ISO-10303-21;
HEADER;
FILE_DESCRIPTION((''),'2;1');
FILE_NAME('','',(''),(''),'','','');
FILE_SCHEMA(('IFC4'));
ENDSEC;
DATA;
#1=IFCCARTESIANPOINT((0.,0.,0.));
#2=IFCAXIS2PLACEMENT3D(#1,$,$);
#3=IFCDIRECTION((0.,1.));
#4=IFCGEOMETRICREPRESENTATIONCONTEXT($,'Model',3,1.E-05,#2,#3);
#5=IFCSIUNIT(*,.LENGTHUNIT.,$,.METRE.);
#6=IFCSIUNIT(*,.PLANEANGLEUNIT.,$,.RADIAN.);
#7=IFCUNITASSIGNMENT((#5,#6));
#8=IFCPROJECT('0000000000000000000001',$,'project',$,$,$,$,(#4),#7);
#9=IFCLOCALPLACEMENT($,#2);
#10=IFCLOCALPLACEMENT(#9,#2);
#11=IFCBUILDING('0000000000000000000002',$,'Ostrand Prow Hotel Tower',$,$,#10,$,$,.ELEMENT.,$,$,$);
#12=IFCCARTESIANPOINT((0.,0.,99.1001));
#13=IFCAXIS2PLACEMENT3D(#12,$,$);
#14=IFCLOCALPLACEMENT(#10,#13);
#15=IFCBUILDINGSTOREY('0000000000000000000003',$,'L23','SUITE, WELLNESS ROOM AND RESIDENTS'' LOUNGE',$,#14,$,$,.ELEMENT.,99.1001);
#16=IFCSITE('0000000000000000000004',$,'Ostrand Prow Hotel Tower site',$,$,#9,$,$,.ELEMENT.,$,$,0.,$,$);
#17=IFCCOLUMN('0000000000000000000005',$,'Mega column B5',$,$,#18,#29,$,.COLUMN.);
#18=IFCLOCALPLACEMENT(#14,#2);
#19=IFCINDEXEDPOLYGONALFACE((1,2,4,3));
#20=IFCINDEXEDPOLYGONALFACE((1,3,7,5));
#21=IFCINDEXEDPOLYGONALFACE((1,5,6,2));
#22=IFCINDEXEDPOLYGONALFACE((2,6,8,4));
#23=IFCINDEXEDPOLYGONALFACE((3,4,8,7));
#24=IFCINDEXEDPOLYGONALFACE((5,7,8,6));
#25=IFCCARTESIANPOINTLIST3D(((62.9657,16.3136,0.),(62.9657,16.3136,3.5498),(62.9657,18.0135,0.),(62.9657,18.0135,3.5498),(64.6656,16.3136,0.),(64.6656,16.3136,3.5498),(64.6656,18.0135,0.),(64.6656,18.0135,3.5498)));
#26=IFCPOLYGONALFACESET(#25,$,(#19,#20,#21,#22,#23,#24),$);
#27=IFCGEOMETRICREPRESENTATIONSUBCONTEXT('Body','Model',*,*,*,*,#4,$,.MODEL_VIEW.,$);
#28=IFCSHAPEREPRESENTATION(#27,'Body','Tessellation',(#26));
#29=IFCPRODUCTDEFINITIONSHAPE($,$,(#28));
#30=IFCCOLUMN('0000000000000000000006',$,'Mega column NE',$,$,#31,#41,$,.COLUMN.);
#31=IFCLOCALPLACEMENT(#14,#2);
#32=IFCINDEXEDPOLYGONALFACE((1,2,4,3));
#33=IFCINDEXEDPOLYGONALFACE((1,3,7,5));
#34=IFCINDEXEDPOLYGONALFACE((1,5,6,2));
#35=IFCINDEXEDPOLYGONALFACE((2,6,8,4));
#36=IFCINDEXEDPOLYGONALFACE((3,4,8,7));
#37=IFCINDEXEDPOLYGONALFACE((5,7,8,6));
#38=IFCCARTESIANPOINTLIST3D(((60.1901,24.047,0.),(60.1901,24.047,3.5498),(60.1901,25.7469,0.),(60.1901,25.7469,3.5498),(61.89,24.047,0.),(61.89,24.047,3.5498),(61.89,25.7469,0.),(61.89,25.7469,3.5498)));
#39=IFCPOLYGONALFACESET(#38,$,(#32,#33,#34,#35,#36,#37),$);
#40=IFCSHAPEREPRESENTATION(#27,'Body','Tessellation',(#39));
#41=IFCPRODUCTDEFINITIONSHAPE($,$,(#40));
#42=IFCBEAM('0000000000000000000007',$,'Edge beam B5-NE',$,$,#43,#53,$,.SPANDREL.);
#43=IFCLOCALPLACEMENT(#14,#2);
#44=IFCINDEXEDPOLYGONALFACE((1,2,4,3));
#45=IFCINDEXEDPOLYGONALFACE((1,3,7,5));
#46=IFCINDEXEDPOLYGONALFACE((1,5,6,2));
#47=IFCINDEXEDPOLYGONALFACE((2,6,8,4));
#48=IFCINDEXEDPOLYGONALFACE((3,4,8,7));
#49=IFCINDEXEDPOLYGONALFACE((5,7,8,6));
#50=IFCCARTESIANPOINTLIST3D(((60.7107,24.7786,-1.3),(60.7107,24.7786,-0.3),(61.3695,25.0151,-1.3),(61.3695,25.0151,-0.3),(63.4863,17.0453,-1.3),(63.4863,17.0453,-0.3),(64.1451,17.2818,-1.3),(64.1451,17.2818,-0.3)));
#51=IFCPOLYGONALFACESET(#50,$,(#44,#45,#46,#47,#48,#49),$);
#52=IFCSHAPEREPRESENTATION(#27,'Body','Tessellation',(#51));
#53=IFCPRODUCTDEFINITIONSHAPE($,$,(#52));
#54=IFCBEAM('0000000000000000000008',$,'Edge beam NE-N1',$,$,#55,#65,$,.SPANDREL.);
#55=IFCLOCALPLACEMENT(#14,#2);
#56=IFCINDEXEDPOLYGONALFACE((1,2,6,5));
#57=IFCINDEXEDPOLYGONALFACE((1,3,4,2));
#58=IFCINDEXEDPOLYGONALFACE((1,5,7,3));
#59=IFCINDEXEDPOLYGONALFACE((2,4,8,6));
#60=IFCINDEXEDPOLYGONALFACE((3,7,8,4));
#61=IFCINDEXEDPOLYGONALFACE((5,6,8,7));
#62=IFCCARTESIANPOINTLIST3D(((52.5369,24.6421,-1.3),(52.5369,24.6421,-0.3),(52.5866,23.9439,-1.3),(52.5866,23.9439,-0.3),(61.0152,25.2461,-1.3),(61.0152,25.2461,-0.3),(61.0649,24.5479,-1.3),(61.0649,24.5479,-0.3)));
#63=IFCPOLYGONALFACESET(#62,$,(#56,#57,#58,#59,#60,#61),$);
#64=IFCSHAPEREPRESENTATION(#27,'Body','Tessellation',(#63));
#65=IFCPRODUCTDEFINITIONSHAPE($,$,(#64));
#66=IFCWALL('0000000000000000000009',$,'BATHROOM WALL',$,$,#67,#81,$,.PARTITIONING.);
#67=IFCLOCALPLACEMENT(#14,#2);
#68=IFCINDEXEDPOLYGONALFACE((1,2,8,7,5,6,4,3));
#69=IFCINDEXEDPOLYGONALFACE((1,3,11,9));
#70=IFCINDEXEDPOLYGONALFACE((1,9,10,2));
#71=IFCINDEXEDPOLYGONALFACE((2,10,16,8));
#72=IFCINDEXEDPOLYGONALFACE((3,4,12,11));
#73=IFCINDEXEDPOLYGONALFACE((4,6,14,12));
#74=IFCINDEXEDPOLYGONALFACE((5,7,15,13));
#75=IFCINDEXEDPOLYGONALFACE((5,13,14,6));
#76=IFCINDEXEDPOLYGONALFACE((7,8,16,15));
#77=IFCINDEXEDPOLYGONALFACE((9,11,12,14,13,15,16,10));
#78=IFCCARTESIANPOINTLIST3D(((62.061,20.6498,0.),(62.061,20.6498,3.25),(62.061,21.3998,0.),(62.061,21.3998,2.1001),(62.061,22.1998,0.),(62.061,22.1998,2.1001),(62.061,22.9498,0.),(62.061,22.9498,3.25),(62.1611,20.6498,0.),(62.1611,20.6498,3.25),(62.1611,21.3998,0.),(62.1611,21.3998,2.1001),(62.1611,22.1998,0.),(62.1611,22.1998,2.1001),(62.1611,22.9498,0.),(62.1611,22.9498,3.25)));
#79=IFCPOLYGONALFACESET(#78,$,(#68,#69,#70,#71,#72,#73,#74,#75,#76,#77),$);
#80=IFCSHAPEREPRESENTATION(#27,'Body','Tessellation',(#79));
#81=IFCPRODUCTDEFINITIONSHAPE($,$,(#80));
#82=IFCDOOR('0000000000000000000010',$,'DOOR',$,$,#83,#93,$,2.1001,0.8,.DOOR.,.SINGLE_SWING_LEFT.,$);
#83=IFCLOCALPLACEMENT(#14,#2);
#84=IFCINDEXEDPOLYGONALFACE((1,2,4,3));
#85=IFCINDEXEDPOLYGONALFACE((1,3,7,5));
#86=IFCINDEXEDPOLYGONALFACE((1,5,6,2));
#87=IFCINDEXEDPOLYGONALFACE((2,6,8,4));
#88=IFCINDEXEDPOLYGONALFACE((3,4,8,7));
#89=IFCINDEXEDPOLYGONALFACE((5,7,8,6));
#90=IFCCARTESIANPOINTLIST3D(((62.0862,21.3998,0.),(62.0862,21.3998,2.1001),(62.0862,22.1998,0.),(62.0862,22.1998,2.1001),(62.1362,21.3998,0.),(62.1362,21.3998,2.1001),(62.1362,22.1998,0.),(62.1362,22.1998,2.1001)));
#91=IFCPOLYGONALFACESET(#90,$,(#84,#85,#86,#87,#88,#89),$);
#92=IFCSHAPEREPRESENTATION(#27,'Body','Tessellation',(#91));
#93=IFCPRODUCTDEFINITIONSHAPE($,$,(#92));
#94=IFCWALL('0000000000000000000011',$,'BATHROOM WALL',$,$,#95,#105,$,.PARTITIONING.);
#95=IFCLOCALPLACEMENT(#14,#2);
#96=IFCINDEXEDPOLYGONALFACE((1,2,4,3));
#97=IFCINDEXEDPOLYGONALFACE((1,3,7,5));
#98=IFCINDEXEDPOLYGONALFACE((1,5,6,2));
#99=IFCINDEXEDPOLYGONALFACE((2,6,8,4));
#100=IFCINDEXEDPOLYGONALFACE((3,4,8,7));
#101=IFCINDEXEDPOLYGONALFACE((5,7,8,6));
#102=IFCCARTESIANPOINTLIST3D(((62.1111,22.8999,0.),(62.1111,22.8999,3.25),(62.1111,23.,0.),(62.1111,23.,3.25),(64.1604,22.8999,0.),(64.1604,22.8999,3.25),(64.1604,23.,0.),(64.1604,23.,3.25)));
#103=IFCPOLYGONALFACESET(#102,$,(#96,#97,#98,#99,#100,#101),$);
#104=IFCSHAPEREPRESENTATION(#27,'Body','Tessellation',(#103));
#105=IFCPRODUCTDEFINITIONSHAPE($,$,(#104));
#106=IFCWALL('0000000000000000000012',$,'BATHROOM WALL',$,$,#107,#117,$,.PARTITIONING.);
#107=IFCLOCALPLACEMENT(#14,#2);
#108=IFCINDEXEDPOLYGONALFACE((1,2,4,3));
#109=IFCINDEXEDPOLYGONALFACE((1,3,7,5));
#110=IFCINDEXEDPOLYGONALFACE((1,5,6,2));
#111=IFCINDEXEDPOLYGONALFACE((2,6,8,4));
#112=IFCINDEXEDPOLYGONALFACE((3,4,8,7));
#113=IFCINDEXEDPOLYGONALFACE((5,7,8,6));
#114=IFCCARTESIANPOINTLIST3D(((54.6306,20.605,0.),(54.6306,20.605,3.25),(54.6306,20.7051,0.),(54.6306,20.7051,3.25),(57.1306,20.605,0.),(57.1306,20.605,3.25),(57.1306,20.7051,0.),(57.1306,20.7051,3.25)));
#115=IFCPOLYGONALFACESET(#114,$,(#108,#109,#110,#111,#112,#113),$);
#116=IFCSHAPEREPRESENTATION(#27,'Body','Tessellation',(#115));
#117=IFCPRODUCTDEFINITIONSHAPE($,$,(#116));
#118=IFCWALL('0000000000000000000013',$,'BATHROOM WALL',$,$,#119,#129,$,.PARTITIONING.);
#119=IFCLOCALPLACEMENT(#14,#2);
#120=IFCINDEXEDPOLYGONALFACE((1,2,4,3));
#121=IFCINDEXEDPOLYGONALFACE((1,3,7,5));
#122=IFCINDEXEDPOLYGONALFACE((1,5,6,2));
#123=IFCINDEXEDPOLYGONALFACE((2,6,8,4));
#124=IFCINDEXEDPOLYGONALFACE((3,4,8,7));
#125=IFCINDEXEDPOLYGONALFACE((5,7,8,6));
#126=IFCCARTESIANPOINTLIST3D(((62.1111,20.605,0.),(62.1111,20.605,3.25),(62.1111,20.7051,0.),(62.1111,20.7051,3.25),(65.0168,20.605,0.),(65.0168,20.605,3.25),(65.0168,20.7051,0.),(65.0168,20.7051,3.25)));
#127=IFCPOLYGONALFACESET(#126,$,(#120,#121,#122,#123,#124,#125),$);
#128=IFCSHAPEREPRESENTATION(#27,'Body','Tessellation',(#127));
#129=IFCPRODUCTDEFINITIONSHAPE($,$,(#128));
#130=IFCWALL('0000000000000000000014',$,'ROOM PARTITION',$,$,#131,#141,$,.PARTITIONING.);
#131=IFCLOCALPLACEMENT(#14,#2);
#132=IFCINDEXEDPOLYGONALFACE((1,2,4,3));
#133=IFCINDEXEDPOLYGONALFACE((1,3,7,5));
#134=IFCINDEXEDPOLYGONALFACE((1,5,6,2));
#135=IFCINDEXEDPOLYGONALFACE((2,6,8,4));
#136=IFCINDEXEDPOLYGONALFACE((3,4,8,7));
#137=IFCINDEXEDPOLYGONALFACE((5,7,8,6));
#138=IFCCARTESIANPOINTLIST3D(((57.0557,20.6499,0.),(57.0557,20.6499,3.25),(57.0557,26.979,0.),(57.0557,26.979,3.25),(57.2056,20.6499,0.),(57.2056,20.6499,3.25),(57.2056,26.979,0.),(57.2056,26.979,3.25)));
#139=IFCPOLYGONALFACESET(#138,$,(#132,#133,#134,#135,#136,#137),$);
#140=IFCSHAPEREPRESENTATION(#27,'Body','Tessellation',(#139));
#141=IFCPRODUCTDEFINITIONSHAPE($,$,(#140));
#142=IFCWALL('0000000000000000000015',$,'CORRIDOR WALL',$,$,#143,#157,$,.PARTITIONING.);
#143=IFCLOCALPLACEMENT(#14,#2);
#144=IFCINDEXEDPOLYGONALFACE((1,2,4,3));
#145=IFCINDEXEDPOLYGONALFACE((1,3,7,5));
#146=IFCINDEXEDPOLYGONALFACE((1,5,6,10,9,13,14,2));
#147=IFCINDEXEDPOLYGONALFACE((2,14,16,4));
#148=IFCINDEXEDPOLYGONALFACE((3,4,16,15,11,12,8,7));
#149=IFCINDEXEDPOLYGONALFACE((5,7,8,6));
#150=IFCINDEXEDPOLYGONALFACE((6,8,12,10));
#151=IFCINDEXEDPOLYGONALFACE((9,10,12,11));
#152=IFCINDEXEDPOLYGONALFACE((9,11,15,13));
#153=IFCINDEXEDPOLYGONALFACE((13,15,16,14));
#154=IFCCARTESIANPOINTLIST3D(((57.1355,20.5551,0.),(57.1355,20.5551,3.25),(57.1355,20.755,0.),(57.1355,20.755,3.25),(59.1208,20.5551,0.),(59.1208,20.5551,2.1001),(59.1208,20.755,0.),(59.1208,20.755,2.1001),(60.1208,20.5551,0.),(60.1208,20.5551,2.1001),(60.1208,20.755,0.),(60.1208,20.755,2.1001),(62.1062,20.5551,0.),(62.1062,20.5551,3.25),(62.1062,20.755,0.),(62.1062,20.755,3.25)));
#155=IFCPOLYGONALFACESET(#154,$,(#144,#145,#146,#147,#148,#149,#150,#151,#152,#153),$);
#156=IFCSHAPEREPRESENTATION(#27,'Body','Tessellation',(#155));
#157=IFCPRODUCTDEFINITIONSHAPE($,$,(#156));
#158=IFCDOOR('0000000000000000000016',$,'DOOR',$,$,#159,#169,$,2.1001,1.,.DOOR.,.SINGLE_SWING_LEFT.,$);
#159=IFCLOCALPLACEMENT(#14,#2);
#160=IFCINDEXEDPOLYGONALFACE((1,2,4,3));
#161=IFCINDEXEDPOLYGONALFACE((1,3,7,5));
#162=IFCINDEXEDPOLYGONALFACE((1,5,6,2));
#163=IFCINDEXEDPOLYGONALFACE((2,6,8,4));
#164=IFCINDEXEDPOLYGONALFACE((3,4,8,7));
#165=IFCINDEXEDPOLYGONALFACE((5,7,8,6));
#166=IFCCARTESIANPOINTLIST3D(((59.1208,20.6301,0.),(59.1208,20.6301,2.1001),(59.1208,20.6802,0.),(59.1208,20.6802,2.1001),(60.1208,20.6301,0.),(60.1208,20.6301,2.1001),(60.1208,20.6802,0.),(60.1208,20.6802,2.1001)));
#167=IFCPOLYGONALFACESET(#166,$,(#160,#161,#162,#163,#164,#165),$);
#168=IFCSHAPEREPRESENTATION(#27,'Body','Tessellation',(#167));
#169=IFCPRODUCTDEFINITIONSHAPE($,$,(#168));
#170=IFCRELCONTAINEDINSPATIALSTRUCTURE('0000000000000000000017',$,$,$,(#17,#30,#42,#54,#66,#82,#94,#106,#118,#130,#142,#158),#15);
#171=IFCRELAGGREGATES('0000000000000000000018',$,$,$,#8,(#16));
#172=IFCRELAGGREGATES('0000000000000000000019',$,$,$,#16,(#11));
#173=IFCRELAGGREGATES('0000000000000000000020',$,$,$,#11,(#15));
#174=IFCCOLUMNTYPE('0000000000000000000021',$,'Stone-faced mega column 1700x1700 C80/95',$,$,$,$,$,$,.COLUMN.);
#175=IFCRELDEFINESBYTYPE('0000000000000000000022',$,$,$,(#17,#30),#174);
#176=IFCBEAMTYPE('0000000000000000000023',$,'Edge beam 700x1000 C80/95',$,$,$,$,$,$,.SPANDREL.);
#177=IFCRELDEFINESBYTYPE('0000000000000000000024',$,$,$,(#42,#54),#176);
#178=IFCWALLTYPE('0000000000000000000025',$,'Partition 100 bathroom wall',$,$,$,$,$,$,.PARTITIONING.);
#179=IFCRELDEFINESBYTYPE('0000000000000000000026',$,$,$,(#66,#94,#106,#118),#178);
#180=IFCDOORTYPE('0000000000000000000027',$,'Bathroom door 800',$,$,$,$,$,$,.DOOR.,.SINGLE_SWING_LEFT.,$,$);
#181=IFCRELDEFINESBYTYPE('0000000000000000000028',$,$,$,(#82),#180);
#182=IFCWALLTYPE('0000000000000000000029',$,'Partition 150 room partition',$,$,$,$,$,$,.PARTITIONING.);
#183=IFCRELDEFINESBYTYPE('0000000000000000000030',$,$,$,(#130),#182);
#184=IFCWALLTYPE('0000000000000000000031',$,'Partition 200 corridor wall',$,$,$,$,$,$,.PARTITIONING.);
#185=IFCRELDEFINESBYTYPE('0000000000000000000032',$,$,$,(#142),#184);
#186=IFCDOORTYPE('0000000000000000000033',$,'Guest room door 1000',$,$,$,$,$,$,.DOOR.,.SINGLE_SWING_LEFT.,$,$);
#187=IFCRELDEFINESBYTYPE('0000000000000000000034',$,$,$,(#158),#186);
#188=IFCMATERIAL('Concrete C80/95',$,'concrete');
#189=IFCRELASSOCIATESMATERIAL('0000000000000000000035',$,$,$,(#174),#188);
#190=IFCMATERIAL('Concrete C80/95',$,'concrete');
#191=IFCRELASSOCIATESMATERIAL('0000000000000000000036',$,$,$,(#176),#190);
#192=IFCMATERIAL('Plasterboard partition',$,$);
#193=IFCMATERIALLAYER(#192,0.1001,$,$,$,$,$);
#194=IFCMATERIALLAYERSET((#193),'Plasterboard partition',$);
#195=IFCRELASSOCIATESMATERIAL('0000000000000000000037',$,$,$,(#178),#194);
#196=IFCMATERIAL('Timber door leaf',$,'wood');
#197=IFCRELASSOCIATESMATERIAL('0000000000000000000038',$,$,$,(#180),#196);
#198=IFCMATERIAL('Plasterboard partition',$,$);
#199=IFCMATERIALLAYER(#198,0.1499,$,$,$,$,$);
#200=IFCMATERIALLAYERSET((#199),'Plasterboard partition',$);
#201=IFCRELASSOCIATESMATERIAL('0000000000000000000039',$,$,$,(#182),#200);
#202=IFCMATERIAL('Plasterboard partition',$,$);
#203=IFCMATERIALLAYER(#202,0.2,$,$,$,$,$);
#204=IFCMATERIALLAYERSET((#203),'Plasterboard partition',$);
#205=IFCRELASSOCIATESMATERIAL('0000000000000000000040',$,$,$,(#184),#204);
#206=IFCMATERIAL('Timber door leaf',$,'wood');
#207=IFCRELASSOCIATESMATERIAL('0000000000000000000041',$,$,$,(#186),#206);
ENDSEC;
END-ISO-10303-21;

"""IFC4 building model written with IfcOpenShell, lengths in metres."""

from ifc_helpers import new_model, si_unit, direction, frame, frame_2d, origin, origin_2d, place, context, subcontext, project, spatial, rectangle, extrude, material, layer, layer_set, material_profile, profile_set, type_object, element, fill, save


model = new_model("IFC4")

# Units and contexts
model_context = context("Model", 3, precision=1e-05, world=origin(), true_north=direction((0.0, 1.0)))
body_context = subcontext(model_context, "Body", "Model", "MODEL_VIEW")
ifc_project = project(units=[si_unit("LENGTHUNIT", "METRE"), si_unit("PLANEANGLEUNIT", "RADIAN")], contexts=[model_context])

# Site, building, storey
site_placement = place(None, origin())
site = spatial("IfcSite", under=ifc_project, at=site_placement, Name="Ostrand Prow Hotel Tower site", CompositionType="ELEMENT", RefElevation=0.0)
building_placement = place(site_placement, origin())
building = spatial("IfcBuilding", under=site, at=building_placement, Name="Ostrand Prow Hotel Tower", CompositionType="ELEMENT")
storey_placement = place(building_placement, frame((0.0, 0.0, 99.1001)))
storey = spatial("IfcBuildingStorey", under=building, at=storey_placement, Name="L23", Description="SUITE, WELLNESS ROOM AND RESIDENTS' LOUNGE", CompositionType="ELEMENT", Elevation=99.1001)

# Columns
ifc_material_1 = material(Name="Concrete C80/95", Category="concrete")
ifc_material_profile_1 = material_profile(ifc_material_1, rectangle(XDim=1.7, YDim=1.7, at=origin_2d()), Name="RC 1700x1700")
ifc_profile_set_1 = profile_set([ifc_material_profile_1], Name="Concrete C80/95")
column_type = type_object("IfcColumnType", Name="Stone-faced mega column 1700x1700 C80/95", PredefinedType="COLUMN", material=ifc_profile_set_1)
for number, where, z_axis, x_axis, name in (
    (1, (63.8157, 17.1636, 0.0), (0.0, 0.0, 1.0), (1.0, 0.0, 0.0), "Mega column B5"),
    (2, (61.04, 24.897, 0.0), (0.0, 0.0, 1.0), (1.0, 0.0, 0.0), "Mega column NE"),
):
    element("IfcColumn", number, at=place(storey_placement, frame(where, z_axis=z_axis, x_axis=x_axis)), inside=storey, type_object=column_type, Name=name, PredefinedType="COLUMN", context=body_context, shape_type="SweptSolid", body=[
        extrude(rectangle(XDim=1.7, YDim=1.7, at=origin_2d()), origin(), (0.0, 0.0, 1.0), 3.5498),
    ])

# Beams
ifc_material_2 = material(Name="Concrete C80/95", Category="concrete")
ifc_material_profile_2 = material_profile(ifc_material_2, rectangle(XDim=0.7, YDim=1.0, at=origin_2d()), Name="RC 700x1000")
ifc_profile_set_2 = profile_set([ifc_material_profile_2], Name="Concrete C80/95")
beam_type = type_object("IfcBeamType", Name="Edge beam 700x1000 C80/95", PredefinedType="SPANDREL", material=ifc_profile_set_2)
beam_1_placement = place(storey_placement, frame((63.8157, 17.1636, -0.8), z_axis=(-0.337815, 0.941212, 0.0), x_axis=(-0.941212, -0.337815, 0.0)))
element("IfcBeam", 3, at=beam_1_placement, inside=storey, type_object=beam_type, Name="Edge beam B5-NE", PredefinedType="SPANDREL", context=body_context, shape_type="SweptSolid", body=[
    extrude(rectangle(XDim=0.7, YDim=1.0, at=origin_2d()), origin(), (0.0, 0.0, 1.0), 8.2163),
])
beam_2_placement = place(storey_placement, frame((61.04, 24.897, -0.8), z_axis=(-0.997472, -0.071061, 0.0), x_axis=(0.071061, -0.997472, 0.0)))
element("IfcBeam", 4, at=beam_2_placement, inside=storey, type_object=beam_type, Name="Edge beam NE-N1", PredefinedType="SPANDREL", context=body_context, shape_type="SweptSolid", body=[
    extrude(rectangle(XDim=0.7, YDim=1.0, at=origin_2d()), origin(), (0.0, 0.0, 1.0), 8.4998),
])

# Wall, opening, door
ifc_material_3 = material(Name="Plasterboard partition")
ifc_layer_1 = layer(ifc_material_3, 0.1001)
ifc_layer_set_1 = layer_set([ifc_layer_1], Name="Plasterboard partition")
wall_type_1 = type_object("IfcWallType", Name="Partition 100 bathroom wall", PredefinedType="PARTITIONING", material=ifc_layer_set_1)
wall_1_placement = place(storey_placement, frame((62.1111, 20.6499, 0.0), z_axis=(0.0, 0.0, 1.0), x_axis=(0.0, 1.0, 0.0)))
wall_1 = element("IfcWall", 5, at=wall_1_placement, inside=storey, type_object=wall_type_1, Name="BATHROOM WALL", PredefinedType="PARTITIONING", context=body_context, shape_type="SweptSolid", body=[
    extrude(rectangle(XDim=2.3, YDim=0.1001, at=frame_2d((1.1499, 0.0))), origin(), (0.0, 0.0, 1.0), 3.25),
])
opening_1_placement = place(wall_1_placement, frame((0.75, 0.0, 0.0)))
opening_1 = element("IfcOpeningElement", 6, at=opening_1_placement, cuts=wall_1, PredefinedType="OPENING", context=body_context, shape_type="SweptSolid", body=[
    extrude(rectangle(XDim=0.8, YDim=2.1001, at=frame_2d((0.3999, 1.05))), frame((0.0, 0.0601, 0.0), z_axis=(0.0, -1.0, 0.0), x_axis=(1.0, 0.0, 0.0)), (0.0, 0.0, 1.0), 0.1201),
])
ifc_material_4 = material(Name="Timber door leaf", Category="wood")
door_type_1 = type_object("IfcDoorType", Name="Bathroom door 800", OperationType="SINGLE_SWING_LEFT", PredefinedType="DOOR", material=ifc_material_4)
door_1_placement = place(opening_1_placement, origin())
door_1 = element("IfcDoor", 7, at=door_1_placement, inside=storey, type_object=door_type_1, Name="DOOR", OperationType="SINGLE_SWING_LEFT", OverallHeight=2.1001, OverallWidth=0.8, PredefinedType="DOOR", context=body_context, shape_type="SweptSolid", body=[
    extrude(rectangle(XDim=0.8, YDim=2.1001, at=frame_2d((0.3999, 1.05))), frame((0.0, 0.0249, 0.0), z_axis=(0.0, -1.0, 0.0), x_axis=(1.0, 0.0, 0.0)), (0.0, 0.0, 1.0), 0.05),
])
fill(opening_1, door_1)

# Walls
wall_2_placement = place(storey_placement, frame((62.1111, 22.95, 0.0), z_axis=(0.0, 0.0, 1.0), x_axis=(1.0, 0.0, 0.0)))
element("IfcWall", 8, at=wall_2_placement, inside=storey, type_object=wall_type_1, Name="BATHROOM WALL", PredefinedType="PARTITIONING", context=body_context, shape_type="SweptSolid", body=[
    extrude(rectangle(XDim=2.0493, YDim=0.1001, at=frame_2d((1.0247, 0.0))), origin(), (0.0, 0.0, 1.0), 3.25),
])
wall_3_placement = place(storey_placement, frame((57.1306, 20.655, 0.0), z_axis=(0.0, 0.0, 1.0), x_axis=(-1.0, 0.0, 0.0)))
element("IfcWall", 9, at=wall_3_placement, inside=storey, type_object=wall_type_1, Name="BATHROOM WALL", PredefinedType="PARTITIONING", context=body_context, shape_type="SweptSolid", body=[
    extrude(rectangle(XDim=2.5, YDim=0.1001, at=frame_2d((1.25, 0.0))), origin(), (0.0, 0.0, 1.0), 3.25),
])
wall_4_placement = place(storey_placement, frame((65.0168, 20.655, 0.0), z_axis=(0.0, 0.0, 1.0), x_axis=(-1.0, 0.0, 0.0)))
element("IfcWall", 10, at=wall_4_placement, inside=storey, type_object=wall_type_1, Name="BATHROOM WALL", PredefinedType="PARTITIONING", context=body_context, shape_type="SweptSolid", body=[
    extrude(rectangle(XDim=2.9058, YDim=0.1001, at=frame_2d((1.4529, 0.0))), origin(), (0.0, 0.0, 1.0), 3.25),
])
ifc_material_5 = material(Name="Plasterboard partition")
ifc_layer_2 = layer(ifc_material_5, 0.1499)
ifc_layer_set_2 = layer_set([ifc_layer_2], Name="Plasterboard partition")
wall_type_2 = type_object("IfcWallType", Name="Partition 150 room partition", PredefinedType="PARTITIONING", material=ifc_layer_set_2)
wall_5_placement = place(storey_placement, frame((57.1306, 20.6499, 0.0), z_axis=(0.0, 0.0, 1.0), x_axis=(0.0, 1.0, 0.0)))
element("IfcWall", 11, at=wall_5_placement, inside=storey, type_object=wall_type_2, Name="ROOM PARTITION", PredefinedType="PARTITIONING", context=body_context, shape_type="SweptSolid", body=[
    extrude(rectangle(XDim=6.3291, YDim=0.1499, at=frame_2d((3.1646, 0.0))), origin(), (0.0, 0.0, 1.0), 3.25),
])

# Wall, opening, door
ifc_material_6 = material(Name="Plasterboard partition")
ifc_layer_3 = layer(ifc_material_6, 0.2)
ifc_layer_set_3 = layer_set([ifc_layer_3], Name="Plasterboard partition")
wall_type_3 = type_object("IfcWallType", Name="Partition 200 corridor wall", PredefinedType="PARTITIONING", material=ifc_layer_set_3)
wall_6_placement = place(storey_placement, frame((62.1062, 20.655, 0.0), z_axis=(0.0, 0.0, 1.0), x_axis=(-1.0, 0.0, 0.0)))
wall_6 = element("IfcWall", 12, at=wall_6_placement, inside=storey, type_object=wall_type_3, Name="CORRIDOR WALL", PredefinedType="PARTITIONING", context=body_context, shape_type="SweptSolid", body=[
    extrude(rectangle(XDim=4.9707, YDim=0.2, at=frame_2d((2.4854, 0.0))), origin(), (0.0, 0.0, 1.0), 3.25),
])
opening_2_placement = place(wall_6_placement, frame((1.9854, 0.0, 0.0)))
opening_2 = element("IfcOpeningElement", 13, at=opening_2_placement, cuts=wall_6, PredefinedType="OPENING", context=body_context, shape_type="SweptSolid", body=[
    extrude(rectangle(XDim=1.0, YDim=2.1001, at=frame_2d((0.5, 1.05))), frame((0.0, 0.1099, 0.0), z_axis=(0.0, -1.0, 0.0), x_axis=(1.0, 0.0, 0.0)), (0.0, 0.0, 1.0), 0.22),
])
ifc_material_7 = material(Name="Timber door leaf", Category="wood")
door_type_2 = type_object("IfcDoorType", Name="Guest room door 1000", OperationType="SINGLE_SWING_LEFT", PredefinedType="DOOR", material=ifc_material_7)
door_2_placement = place(opening_2_placement, origin())
door_2 = element("IfcDoor", 14, at=door_2_placement, inside=storey, type_object=door_type_2, Name="DOOR", OperationType="SINGLE_SWING_LEFT", OverallHeight=2.1001, OverallWidth=1.0, PredefinedType="DOOR", context=body_context, shape_type="SweptSolid", body=[
    extrude(rectangle(XDim=1.0, YDim=2.1001, at=frame_2d((0.5, 1.05))), frame((0.0, 0.0249, 0.0), z_axis=(0.0, -1.0, 0.0), x_axis=(1.0, 0.0, 0.0)), (0.0, 0.0, 1.0), 0.05),
])
fill(opening_2, door_2)

save(model, "model.ifc")
